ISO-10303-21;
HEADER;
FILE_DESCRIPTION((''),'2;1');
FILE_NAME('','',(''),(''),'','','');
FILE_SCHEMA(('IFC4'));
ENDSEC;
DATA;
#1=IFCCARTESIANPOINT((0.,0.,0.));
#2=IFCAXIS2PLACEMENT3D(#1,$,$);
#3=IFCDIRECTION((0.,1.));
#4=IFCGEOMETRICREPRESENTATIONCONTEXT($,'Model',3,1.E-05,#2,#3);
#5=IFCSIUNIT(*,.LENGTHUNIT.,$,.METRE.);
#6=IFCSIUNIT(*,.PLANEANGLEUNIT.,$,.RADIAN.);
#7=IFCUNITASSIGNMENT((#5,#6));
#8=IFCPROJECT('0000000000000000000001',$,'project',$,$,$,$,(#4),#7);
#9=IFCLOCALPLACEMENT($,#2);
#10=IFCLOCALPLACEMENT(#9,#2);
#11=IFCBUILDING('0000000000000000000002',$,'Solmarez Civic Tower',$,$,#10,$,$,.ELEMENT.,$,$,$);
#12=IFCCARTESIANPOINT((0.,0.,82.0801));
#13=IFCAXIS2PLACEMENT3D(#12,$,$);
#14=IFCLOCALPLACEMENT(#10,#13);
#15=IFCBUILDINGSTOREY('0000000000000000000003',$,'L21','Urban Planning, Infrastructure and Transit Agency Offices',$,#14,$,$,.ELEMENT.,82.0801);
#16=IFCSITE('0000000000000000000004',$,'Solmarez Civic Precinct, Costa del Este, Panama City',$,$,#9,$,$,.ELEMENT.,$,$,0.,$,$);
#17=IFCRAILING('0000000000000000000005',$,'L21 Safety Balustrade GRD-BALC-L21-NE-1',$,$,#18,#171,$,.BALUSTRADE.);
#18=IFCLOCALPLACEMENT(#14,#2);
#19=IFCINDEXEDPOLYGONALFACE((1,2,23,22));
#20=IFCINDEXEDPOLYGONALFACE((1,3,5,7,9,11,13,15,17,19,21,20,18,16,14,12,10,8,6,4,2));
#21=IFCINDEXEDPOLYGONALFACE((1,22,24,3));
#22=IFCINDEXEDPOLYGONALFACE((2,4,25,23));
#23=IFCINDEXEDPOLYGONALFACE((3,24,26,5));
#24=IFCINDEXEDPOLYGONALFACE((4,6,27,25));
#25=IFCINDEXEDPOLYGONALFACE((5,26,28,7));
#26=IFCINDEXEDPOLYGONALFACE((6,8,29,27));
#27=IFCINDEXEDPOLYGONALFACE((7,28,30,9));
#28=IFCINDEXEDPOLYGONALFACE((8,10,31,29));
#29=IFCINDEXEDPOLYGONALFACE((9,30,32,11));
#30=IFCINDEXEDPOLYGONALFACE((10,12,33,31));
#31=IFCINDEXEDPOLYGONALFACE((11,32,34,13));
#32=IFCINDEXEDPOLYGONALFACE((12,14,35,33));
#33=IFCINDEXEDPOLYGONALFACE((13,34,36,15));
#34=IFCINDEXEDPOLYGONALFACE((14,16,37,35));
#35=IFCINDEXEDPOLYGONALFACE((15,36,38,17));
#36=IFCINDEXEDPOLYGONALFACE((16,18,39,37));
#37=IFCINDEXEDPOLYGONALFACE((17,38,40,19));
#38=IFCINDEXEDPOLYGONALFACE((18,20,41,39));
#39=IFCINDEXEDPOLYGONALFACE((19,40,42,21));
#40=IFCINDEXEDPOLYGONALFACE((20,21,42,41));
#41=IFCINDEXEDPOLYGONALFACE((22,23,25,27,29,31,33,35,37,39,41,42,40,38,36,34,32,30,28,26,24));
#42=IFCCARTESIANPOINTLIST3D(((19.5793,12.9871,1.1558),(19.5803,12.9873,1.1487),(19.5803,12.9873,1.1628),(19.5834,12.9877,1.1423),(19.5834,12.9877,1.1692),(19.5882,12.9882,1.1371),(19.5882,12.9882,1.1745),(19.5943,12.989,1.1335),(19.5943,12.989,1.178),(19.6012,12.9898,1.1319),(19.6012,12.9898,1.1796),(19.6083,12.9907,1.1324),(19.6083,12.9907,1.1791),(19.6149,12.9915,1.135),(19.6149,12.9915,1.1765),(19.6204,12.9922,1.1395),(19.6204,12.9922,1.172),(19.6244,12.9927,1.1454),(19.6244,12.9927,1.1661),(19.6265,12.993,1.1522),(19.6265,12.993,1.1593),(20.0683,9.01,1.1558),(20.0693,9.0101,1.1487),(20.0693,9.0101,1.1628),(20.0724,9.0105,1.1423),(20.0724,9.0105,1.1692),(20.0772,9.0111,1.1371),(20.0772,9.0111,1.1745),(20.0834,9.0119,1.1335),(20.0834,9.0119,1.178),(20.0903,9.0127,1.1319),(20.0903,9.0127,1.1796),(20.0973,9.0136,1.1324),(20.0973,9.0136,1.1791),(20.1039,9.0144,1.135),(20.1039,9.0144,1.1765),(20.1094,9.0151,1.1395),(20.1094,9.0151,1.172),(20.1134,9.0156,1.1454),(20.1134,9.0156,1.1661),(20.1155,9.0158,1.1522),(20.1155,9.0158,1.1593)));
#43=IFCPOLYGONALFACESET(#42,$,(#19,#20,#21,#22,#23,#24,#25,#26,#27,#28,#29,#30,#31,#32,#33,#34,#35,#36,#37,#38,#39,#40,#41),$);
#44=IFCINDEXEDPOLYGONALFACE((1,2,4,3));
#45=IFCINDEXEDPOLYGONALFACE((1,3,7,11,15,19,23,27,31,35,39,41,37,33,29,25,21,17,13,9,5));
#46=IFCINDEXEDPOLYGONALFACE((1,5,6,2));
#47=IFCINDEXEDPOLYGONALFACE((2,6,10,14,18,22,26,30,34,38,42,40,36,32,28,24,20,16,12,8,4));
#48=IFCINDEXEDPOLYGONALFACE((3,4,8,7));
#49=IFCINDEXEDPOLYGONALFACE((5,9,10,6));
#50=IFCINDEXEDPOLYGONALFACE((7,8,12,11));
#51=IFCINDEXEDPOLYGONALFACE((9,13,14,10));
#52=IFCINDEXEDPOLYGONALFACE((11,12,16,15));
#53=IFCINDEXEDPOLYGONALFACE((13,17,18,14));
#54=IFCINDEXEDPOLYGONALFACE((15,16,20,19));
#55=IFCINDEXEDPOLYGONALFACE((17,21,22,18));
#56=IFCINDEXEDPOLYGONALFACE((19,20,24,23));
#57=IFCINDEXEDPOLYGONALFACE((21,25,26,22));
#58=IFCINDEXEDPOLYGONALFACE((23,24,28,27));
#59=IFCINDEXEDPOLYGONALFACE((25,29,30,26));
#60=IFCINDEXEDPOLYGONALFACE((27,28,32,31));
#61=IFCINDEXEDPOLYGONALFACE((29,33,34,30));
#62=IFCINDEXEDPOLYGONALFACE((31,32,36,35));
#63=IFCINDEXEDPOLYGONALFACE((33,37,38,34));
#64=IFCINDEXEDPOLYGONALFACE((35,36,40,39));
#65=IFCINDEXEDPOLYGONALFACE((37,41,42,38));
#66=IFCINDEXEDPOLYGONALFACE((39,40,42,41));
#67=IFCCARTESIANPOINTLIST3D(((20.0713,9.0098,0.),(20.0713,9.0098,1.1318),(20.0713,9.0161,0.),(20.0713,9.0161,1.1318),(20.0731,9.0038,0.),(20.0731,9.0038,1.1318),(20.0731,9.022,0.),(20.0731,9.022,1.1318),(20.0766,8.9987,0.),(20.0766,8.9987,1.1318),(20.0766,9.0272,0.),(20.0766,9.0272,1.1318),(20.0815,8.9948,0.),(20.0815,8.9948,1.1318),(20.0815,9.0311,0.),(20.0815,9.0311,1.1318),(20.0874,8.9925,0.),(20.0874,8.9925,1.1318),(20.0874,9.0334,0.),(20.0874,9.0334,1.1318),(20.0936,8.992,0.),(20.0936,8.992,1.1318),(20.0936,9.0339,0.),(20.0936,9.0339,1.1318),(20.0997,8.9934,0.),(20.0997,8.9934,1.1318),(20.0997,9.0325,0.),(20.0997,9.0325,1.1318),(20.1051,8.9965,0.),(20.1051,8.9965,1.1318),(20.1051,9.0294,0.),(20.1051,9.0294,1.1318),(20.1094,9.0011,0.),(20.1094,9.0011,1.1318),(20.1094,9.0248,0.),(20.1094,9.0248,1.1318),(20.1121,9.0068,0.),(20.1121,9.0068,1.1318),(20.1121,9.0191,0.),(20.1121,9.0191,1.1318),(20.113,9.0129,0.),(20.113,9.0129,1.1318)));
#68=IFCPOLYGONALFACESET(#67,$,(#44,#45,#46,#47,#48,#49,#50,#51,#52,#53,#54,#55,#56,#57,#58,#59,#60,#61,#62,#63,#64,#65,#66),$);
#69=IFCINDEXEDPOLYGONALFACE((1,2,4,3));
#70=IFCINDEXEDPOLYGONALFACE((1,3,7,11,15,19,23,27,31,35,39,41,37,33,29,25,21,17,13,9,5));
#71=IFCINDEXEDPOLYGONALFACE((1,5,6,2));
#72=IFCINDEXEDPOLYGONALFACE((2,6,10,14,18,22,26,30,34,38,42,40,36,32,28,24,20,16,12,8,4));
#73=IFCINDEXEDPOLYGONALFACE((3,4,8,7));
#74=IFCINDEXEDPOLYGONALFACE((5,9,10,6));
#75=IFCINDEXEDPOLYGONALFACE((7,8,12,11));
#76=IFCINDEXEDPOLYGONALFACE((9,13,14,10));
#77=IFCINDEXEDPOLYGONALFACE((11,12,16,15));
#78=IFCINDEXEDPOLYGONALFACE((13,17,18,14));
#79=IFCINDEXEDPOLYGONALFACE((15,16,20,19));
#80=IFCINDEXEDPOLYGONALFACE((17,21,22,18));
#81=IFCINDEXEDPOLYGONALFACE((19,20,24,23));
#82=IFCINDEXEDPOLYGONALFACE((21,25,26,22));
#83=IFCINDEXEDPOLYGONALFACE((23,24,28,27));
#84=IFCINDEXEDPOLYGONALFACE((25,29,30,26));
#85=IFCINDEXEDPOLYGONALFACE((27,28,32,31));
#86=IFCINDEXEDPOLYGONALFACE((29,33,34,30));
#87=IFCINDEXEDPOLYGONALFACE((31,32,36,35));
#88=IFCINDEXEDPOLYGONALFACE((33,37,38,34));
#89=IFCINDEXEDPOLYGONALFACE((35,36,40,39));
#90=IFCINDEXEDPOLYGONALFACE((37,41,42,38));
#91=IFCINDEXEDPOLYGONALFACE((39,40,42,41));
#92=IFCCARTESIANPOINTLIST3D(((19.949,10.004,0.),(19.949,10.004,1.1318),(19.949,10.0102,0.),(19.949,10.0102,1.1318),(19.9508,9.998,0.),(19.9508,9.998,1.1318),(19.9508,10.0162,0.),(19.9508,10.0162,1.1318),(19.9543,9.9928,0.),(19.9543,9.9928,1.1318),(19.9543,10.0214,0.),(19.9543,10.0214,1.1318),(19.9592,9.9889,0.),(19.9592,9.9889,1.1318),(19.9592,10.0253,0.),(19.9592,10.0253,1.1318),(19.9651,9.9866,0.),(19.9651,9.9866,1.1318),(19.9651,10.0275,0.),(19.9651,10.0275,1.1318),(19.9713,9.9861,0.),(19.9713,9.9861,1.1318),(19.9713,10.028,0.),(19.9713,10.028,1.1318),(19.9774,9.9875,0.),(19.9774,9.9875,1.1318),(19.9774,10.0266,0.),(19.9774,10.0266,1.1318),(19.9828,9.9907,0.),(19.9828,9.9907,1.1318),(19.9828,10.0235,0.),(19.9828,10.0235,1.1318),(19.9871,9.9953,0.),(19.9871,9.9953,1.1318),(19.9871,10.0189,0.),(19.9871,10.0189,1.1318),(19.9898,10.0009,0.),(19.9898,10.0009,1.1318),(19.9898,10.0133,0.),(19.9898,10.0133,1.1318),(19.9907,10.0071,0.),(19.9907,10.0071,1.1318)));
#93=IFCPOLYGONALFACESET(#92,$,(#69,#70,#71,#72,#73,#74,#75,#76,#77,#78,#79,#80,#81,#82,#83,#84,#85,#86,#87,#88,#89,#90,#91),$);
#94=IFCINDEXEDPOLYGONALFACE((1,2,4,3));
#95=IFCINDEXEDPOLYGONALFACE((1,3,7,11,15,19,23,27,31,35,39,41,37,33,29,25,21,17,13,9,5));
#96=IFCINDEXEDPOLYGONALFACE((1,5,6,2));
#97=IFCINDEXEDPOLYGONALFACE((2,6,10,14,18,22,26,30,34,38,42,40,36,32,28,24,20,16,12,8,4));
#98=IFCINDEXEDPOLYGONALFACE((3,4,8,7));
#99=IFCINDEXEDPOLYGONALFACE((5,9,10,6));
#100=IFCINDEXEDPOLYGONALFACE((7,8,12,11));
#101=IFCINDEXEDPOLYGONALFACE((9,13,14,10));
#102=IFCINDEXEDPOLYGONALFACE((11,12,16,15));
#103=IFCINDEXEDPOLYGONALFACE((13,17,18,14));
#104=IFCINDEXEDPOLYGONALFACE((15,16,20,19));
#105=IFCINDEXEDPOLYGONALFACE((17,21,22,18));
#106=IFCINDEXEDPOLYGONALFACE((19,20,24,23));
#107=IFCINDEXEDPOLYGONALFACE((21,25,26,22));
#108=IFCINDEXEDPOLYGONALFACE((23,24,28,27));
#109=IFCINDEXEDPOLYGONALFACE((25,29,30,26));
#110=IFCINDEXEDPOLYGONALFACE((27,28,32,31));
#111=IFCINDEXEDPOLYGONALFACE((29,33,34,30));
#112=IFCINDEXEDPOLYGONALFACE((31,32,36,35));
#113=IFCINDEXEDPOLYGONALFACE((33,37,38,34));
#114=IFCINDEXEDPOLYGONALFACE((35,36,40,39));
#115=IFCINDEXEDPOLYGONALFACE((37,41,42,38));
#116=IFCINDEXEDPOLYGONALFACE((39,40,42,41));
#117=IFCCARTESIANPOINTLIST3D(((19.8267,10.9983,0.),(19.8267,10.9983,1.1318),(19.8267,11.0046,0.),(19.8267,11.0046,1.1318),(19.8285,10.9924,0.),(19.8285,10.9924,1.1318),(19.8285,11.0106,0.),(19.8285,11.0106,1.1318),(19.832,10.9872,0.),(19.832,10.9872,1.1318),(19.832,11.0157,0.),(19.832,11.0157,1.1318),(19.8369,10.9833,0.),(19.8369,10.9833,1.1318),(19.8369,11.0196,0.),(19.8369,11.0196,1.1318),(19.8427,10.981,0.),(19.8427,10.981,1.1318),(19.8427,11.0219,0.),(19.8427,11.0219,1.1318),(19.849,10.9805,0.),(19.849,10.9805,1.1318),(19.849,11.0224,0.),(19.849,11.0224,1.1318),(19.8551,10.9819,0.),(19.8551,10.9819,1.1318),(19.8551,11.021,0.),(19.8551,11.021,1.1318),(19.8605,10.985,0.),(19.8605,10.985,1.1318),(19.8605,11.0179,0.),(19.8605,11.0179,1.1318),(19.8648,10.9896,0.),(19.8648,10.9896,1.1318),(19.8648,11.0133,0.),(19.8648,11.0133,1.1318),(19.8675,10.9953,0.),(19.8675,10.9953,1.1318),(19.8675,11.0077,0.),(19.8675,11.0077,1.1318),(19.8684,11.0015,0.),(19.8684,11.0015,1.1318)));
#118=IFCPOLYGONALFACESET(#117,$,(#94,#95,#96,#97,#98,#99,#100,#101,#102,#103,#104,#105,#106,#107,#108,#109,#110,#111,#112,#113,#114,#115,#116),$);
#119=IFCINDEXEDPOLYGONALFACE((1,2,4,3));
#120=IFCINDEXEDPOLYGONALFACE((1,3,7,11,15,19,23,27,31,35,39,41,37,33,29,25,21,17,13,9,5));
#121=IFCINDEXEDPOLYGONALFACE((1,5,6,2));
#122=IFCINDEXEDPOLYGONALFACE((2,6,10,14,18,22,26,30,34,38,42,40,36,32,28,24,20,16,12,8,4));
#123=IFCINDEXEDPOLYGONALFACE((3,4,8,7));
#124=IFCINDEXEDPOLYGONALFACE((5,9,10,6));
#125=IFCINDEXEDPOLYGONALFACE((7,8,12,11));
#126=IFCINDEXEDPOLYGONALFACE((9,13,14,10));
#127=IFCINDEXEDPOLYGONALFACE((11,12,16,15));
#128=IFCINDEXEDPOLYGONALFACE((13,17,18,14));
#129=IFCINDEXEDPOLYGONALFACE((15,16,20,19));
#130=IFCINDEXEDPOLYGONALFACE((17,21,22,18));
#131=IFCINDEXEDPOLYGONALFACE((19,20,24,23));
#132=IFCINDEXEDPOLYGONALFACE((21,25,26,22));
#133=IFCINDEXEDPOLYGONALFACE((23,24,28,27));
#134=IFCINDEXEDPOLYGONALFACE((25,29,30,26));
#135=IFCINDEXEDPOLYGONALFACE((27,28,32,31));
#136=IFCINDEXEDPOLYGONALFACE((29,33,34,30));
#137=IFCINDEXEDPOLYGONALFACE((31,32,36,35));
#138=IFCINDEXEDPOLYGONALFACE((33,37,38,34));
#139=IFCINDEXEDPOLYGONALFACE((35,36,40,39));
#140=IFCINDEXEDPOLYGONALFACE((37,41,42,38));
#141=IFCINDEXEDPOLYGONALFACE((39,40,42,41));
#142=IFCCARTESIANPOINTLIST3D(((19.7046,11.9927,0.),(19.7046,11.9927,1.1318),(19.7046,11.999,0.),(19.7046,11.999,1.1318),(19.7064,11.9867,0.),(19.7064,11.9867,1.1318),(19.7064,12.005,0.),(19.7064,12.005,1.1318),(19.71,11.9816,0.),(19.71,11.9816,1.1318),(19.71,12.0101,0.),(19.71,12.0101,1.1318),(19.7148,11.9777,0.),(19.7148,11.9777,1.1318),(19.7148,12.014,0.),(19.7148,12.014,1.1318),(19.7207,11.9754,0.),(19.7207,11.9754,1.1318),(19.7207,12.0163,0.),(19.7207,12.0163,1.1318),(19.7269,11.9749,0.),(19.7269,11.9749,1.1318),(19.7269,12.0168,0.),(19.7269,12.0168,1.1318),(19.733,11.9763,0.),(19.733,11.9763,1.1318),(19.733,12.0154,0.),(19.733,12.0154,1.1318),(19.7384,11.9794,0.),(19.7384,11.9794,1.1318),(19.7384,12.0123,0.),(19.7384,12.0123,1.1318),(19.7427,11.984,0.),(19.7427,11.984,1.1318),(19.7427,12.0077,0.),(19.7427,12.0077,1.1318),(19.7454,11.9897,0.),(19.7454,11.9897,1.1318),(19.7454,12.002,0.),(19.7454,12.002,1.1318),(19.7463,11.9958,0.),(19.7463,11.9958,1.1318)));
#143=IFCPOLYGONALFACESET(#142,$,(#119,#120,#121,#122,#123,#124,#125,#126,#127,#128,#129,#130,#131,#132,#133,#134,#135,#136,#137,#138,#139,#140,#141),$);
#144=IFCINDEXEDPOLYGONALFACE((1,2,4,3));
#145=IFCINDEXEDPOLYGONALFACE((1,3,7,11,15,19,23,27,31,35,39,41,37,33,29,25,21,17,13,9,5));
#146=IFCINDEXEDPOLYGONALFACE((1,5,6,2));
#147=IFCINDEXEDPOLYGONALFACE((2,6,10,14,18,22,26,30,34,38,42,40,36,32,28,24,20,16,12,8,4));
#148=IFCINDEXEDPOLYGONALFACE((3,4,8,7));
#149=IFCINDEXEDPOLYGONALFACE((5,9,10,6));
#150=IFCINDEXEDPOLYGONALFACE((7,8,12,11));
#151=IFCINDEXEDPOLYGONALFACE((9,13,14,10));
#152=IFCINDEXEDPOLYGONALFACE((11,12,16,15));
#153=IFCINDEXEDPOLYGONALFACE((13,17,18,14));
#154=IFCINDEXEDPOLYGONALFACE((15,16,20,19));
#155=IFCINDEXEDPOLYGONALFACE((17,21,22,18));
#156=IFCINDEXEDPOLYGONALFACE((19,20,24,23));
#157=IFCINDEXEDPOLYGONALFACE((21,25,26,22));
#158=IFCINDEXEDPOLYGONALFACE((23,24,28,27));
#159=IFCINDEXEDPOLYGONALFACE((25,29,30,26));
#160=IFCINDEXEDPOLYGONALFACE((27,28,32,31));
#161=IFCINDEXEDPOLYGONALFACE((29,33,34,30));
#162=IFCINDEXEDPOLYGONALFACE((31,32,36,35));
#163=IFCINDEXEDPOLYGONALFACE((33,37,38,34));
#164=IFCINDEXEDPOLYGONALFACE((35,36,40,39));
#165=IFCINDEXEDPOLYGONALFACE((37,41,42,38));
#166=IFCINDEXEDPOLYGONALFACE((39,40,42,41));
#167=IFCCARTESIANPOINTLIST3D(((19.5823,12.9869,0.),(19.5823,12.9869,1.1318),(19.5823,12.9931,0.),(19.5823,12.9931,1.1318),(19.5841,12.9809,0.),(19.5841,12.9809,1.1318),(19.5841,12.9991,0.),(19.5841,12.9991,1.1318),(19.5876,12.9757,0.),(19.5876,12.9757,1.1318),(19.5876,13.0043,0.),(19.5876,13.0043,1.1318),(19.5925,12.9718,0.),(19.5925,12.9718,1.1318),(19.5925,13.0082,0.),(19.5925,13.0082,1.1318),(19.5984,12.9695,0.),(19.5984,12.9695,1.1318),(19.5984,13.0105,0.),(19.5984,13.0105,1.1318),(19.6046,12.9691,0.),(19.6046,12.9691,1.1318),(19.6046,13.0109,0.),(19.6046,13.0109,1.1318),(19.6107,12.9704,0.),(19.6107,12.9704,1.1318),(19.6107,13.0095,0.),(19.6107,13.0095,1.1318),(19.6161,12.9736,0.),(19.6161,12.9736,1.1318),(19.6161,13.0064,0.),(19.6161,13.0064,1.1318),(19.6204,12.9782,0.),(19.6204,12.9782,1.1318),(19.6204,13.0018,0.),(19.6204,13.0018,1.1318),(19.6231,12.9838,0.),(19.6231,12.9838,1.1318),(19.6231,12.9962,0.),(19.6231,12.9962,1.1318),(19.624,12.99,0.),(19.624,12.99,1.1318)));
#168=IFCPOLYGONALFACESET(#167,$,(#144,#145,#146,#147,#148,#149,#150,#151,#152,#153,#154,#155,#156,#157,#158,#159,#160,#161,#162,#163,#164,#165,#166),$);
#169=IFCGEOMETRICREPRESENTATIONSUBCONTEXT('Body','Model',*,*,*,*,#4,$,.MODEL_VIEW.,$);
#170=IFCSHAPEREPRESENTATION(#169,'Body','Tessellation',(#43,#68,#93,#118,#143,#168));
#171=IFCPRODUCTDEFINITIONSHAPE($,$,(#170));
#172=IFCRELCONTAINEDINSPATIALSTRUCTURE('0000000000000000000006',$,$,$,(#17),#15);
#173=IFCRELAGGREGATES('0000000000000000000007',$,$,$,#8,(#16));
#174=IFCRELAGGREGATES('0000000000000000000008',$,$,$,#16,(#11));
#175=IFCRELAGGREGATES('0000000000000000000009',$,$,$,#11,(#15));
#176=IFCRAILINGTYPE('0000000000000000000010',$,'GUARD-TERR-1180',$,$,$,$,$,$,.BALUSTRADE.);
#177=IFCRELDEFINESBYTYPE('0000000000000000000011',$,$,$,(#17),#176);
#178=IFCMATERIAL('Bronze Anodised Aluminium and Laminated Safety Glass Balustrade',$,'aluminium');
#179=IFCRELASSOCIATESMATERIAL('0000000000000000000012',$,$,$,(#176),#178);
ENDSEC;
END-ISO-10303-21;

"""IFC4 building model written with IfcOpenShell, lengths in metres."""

from ifc_helpers import new_model, si_unit, direction, frame, origin, origin_2d, place, context, subcontext, project, spatial, circle, extrude, material, type_object, element, save


model = new_model("IFC4")

# Units and contexts
model_context = context("Model", 3, precision=1e-05, world=origin(), true_north=direction((0.0, 1.0)))
body_context = subcontext(model_context, "Body", "Model", "MODEL_VIEW")
ifc_project = project(units=[si_unit("LENGTHUNIT", "METRE"), si_unit("PLANEANGLEUNIT", "RADIAN")], contexts=[model_context])

# Site, building, storey
site_placement = place(None, origin())
site = spatial("IfcSite", under=ifc_project, at=site_placement, Name="Solmarez Civic Precinct, Costa del Este, Panama City", CompositionType="ELEMENT", RefElevation=0.0)
building_placement = place(site_placement, origin())
building = spatial("IfcBuilding", under=site, at=building_placement, Name="Solmarez Civic Tower", CompositionType="ELEMENT")
storey_placement = place(building_placement, frame((0.0, 0.0, 82.0801)))
storey = spatial("IfcBuildingStorey", under=building, at=storey_placement, Name="L21", Description="Urban Planning, Infrastructure and Transit Agency Offices", CompositionType="ELEMENT", Elevation=82.0801)

# Railing
ifc_material_1 = material(Name="Bronze Anodised Aluminium and Laminated Safety Glass Balustrade", Category="aluminium")
railing_type = type_object("IfcRailingType", Name="GUARD-TERR-1180", PredefinedType="BALUSTRADE", material=ifc_material_1)
railing_1_placement = place(storey_placement, frame((20.092, 9.0129, 0.0)))
element("IfcRailing", 1, at=railing_1_placement, inside=storey, type_object=railing_type, Name="L21 Safety Balustrade GRD-BALC-L21-NE-1", PredefinedType="BALUSTRADE", context=body_context, shape_type="SweptSolid", body=[
    extrude(circle(Radius=0.0239, at=origin_2d()), frame((0.0, 0.0, 1.1558), z_axis=(-0.12204, 0.992525, 0.0), x_axis=(-0.992525, -0.12204, 0.0)), (0.0, 0.0, 1.0), 4.0071),
    extrude(circle(Radius=0.021, at=origin_2d()), origin(), (0.0, 0.0, 1.0), 1.1318),
    extrude(circle(Radius=0.021, at=origin_2d()), frame((-0.1223, 0.9941, 0.0)), (0.0, 0.0, 1.0), 1.1318),
    extrude(circle(Radius=0.021, at=origin_2d()), frame((-0.2446, 1.9885, 0.0)), (0.0, 0.0, 1.0), 1.1318),
    extrude(circle(Radius=0.021, at=origin_2d()), frame((-0.3667, 2.9829, 0.0)), (0.0, 0.0, 1.0), 1.1318),
    extrude(circle(Radius=0.021, at=origin_2d()), frame((-0.489, 3.9771, 0.0)), (0.0, 0.0, 1.0), 1.1318),
])

save(model, "model.ifc")
